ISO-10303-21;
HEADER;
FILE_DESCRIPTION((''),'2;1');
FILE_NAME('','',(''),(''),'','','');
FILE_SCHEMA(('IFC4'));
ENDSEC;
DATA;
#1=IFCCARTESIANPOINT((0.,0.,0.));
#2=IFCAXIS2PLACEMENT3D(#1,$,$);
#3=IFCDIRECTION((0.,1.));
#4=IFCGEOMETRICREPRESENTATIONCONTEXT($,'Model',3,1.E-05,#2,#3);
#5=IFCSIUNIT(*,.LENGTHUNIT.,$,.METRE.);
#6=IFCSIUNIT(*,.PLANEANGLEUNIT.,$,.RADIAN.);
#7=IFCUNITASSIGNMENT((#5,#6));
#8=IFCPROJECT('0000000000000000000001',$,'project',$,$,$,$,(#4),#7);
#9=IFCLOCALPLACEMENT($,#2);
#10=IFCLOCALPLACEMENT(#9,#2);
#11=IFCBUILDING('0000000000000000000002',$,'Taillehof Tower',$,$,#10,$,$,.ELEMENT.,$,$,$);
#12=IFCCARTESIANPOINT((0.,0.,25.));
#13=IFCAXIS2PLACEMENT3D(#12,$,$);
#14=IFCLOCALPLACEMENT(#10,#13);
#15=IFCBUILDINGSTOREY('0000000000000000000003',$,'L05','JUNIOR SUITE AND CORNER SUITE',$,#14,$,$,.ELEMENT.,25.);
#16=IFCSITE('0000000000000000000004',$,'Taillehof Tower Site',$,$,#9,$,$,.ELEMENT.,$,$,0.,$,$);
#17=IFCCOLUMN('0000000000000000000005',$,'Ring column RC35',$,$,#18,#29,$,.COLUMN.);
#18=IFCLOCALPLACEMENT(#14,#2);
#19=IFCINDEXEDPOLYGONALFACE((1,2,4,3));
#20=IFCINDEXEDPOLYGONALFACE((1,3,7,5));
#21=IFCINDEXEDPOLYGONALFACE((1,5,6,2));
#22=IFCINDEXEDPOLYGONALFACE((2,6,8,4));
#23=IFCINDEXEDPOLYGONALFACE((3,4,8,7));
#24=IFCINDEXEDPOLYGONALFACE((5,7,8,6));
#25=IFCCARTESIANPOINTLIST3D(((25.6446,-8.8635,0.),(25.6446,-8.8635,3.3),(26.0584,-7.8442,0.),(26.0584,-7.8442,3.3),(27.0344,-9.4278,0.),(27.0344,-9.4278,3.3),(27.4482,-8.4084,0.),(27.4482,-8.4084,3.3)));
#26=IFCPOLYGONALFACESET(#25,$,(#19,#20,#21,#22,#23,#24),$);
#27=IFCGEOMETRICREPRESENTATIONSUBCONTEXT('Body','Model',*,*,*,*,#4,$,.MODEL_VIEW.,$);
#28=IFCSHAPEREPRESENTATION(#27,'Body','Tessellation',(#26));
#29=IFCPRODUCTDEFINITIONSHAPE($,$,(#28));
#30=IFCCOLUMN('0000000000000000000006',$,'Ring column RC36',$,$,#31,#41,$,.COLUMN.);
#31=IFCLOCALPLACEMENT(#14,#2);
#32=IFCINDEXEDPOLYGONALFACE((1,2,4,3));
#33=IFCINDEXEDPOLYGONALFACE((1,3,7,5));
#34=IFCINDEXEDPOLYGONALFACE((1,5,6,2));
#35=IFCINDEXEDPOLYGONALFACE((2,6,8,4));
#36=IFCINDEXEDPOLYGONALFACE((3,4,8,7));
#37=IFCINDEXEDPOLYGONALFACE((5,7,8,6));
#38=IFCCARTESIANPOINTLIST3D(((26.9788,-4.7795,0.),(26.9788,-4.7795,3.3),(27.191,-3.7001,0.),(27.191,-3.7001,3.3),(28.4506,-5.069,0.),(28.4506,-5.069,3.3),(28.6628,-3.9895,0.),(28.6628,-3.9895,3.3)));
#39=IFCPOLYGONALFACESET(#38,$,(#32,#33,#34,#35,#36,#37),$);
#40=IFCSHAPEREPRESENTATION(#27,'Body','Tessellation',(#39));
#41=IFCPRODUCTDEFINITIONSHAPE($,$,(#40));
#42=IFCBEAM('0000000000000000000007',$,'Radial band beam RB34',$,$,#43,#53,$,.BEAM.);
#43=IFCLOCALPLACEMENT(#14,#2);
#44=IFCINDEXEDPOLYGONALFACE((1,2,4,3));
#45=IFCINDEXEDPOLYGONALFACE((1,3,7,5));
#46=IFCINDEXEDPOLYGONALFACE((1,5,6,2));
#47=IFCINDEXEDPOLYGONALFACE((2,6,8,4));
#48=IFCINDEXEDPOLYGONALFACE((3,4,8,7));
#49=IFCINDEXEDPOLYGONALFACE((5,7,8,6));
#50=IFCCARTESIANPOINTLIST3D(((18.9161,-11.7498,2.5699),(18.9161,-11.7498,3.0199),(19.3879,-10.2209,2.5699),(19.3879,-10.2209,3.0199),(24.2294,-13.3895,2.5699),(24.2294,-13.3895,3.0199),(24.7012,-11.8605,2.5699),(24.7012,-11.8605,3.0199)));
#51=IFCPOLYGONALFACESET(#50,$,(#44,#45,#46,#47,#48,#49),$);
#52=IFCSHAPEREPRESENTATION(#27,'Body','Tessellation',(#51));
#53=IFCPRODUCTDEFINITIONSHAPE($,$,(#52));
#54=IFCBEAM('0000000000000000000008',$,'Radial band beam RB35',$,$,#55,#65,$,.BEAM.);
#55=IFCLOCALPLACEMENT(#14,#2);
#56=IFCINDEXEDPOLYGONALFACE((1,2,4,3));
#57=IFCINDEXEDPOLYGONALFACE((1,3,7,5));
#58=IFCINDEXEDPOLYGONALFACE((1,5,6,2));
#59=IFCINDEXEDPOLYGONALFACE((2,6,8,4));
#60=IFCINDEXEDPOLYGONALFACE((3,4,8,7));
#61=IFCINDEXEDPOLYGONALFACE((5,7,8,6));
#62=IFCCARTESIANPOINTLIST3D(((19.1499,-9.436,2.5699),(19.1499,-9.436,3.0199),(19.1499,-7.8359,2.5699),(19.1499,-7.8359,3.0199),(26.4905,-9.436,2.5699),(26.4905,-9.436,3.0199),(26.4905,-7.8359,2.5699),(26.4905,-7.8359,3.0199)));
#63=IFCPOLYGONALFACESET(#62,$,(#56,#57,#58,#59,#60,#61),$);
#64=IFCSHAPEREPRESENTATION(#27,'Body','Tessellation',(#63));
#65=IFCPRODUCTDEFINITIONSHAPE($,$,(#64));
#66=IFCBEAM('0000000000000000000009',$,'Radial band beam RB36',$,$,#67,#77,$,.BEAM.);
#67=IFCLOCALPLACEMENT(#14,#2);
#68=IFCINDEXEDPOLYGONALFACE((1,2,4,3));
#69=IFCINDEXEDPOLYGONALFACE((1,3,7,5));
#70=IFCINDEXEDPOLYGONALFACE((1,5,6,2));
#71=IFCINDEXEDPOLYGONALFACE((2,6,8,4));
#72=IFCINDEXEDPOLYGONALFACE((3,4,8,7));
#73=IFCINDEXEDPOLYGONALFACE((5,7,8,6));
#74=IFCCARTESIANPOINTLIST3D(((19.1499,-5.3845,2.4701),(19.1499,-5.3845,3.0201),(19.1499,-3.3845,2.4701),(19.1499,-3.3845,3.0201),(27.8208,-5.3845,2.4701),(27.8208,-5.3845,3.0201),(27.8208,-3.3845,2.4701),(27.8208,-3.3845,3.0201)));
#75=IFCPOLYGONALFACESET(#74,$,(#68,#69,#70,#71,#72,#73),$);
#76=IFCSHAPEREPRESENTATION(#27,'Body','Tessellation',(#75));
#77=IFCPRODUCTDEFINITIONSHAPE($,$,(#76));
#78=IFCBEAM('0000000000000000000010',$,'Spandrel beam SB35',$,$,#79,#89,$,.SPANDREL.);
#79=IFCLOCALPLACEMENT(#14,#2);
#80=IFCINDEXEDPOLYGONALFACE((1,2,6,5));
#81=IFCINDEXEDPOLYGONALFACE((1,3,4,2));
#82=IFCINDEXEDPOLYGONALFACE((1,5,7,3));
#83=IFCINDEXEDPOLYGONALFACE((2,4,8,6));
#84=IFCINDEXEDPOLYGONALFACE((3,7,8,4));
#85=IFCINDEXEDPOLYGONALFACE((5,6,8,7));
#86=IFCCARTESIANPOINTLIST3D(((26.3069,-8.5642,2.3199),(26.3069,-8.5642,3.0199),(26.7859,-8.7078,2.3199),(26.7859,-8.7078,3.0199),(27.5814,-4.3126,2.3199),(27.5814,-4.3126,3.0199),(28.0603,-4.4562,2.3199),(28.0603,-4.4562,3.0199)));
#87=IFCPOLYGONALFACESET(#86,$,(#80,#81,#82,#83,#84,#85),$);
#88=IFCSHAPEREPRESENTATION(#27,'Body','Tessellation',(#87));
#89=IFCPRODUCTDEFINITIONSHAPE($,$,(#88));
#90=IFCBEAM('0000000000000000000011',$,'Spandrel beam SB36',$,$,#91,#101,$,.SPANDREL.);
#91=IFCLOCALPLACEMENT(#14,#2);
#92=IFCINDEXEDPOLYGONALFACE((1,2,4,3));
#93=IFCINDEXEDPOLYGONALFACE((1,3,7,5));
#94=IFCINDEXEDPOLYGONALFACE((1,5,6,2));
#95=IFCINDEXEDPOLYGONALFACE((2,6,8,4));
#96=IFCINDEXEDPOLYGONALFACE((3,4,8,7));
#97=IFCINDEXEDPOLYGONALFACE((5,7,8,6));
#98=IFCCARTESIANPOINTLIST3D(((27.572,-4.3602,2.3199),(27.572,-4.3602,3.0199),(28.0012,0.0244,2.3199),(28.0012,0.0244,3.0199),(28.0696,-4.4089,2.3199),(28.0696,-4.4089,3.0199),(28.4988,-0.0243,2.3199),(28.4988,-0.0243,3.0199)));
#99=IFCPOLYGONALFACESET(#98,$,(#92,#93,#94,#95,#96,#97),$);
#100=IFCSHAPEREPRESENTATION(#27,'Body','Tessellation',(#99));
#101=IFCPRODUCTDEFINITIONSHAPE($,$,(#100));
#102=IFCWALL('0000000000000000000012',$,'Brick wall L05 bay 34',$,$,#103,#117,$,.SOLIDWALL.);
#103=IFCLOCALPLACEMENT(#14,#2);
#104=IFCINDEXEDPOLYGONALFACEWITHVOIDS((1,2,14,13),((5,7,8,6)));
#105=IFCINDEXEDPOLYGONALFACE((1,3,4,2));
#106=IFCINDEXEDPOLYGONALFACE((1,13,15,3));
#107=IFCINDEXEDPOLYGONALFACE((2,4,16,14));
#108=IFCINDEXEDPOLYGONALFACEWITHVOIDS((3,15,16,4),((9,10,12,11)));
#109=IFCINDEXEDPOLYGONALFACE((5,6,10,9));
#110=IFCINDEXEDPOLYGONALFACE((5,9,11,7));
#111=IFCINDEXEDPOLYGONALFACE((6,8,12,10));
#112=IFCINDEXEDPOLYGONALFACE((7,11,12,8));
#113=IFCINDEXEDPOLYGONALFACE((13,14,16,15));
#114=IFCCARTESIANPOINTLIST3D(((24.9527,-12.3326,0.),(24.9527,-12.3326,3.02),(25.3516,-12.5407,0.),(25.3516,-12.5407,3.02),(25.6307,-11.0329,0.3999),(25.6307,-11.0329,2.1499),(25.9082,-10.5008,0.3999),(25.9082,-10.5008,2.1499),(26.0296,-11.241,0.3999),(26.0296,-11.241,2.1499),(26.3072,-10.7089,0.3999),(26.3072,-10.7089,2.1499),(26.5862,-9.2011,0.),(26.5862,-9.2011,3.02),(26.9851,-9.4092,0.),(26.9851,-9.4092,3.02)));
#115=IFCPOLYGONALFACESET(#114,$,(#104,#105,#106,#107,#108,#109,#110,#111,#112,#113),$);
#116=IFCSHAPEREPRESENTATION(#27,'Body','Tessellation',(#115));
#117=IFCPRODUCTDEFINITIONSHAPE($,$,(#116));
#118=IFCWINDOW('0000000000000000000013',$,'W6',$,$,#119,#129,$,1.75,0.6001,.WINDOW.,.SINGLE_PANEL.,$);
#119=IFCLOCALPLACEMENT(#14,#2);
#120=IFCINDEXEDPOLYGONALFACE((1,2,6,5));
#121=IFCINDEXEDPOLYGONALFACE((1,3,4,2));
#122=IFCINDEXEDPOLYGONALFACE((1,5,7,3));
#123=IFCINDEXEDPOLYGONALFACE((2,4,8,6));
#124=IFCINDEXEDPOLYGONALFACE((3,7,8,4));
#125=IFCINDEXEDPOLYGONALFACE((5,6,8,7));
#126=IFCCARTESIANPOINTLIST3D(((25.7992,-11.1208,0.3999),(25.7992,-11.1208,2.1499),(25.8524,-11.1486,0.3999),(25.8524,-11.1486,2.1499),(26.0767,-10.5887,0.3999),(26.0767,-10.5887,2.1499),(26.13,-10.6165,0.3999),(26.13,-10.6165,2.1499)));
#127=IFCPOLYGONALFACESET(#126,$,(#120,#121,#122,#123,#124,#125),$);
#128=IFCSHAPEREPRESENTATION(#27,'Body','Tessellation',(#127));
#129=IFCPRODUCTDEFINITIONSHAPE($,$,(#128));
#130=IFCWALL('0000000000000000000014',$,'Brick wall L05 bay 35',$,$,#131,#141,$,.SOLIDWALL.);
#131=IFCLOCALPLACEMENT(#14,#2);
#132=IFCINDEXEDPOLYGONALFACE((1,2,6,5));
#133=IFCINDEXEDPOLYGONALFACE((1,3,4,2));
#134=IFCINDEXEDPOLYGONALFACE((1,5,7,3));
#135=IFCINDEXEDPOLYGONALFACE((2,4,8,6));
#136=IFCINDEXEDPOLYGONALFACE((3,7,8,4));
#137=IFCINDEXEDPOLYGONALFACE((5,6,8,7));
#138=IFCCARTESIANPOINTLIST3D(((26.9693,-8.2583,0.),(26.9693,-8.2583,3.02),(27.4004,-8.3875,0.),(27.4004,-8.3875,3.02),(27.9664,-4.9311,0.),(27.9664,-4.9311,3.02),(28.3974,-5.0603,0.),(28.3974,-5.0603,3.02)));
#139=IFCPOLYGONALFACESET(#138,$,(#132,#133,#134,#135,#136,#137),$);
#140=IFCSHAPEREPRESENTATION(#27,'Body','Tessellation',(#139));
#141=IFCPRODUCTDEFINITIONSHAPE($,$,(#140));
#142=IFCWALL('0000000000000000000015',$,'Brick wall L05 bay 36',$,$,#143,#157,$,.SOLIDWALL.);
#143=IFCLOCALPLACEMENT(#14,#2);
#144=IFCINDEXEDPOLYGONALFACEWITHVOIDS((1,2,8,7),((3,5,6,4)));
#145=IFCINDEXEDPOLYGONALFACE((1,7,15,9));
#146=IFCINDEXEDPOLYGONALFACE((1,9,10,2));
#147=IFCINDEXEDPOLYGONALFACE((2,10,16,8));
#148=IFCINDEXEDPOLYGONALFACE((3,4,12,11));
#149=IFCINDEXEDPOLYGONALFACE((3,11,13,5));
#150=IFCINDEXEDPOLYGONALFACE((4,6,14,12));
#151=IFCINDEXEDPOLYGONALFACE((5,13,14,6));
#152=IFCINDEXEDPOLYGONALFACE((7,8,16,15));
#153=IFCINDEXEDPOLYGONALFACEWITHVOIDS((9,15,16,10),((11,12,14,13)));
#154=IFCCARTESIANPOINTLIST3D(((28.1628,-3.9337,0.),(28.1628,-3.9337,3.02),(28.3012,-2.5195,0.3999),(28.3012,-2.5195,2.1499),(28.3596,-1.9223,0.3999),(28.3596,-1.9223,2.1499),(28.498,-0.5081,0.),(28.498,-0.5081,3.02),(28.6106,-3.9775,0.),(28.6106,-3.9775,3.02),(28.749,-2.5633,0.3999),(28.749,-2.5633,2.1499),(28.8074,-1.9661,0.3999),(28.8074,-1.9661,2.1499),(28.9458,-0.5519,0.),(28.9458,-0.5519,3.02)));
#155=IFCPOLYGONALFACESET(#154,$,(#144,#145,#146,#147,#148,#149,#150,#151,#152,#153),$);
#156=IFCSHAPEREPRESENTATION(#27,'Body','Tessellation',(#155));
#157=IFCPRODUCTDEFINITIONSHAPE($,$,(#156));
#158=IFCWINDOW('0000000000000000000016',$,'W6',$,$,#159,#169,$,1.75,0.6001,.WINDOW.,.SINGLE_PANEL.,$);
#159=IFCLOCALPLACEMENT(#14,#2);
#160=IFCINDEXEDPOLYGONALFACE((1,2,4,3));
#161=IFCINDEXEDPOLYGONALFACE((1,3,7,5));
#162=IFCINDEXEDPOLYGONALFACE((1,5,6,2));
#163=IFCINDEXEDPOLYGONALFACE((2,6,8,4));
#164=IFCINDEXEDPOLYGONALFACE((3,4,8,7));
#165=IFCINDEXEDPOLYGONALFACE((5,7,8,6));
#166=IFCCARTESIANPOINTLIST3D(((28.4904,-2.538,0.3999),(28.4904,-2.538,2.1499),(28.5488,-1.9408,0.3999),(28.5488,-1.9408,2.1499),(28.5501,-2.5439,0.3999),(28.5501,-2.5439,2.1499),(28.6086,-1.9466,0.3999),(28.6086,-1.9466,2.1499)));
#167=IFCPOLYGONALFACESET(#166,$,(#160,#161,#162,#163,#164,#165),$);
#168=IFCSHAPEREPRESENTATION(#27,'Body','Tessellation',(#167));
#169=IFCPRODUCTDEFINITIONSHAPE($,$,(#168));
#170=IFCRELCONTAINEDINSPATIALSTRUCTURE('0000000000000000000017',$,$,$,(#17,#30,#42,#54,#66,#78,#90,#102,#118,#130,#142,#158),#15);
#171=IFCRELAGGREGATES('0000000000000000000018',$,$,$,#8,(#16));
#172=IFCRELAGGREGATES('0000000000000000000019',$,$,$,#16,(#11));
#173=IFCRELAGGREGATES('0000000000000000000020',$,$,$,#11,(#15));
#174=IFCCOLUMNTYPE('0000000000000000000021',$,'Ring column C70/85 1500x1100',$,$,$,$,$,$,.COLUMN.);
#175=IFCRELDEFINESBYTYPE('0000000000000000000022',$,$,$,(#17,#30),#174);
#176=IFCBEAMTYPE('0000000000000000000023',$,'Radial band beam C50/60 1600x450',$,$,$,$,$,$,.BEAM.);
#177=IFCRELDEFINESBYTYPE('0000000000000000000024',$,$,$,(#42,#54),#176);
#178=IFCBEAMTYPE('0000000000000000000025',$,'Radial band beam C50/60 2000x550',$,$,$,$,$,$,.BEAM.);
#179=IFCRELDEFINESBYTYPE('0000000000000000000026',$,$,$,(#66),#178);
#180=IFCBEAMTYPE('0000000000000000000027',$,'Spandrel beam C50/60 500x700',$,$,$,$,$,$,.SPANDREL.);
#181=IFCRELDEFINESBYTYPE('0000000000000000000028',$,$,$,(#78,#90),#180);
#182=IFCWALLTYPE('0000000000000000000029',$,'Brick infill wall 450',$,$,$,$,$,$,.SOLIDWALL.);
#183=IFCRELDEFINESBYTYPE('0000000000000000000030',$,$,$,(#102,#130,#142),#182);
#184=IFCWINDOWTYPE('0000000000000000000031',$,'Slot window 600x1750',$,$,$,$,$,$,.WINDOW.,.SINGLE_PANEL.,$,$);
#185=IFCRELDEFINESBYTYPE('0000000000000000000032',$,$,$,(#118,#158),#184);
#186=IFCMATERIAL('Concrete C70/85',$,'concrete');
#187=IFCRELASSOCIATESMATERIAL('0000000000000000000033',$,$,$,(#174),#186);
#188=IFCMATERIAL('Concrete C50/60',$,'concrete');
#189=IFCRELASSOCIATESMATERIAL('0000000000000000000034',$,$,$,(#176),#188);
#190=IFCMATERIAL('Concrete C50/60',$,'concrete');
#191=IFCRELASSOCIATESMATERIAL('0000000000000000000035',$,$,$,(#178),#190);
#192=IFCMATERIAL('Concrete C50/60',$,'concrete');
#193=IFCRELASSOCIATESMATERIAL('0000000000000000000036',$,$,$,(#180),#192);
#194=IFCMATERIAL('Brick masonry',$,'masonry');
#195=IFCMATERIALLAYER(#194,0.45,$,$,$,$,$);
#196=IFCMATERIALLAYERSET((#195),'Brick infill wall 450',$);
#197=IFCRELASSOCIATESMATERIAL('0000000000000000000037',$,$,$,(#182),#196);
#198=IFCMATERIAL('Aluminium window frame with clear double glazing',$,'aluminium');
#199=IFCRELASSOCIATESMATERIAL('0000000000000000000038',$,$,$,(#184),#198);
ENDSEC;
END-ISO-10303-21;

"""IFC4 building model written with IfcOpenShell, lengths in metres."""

from ifc_helpers import new_model, si_unit, direction, frame, frame_2d, origin, origin_2d, place, context, subcontext, project, spatial, rectangle, extrude, material, layer, layer_set, material_profile, profile_set, type_object, element, fill, save


model = new_model("IFC4")

# Units and contexts
model_context = context("Model", 3, precision=1e-05, world=origin(), true_north=direction((0.0, 1.0)))
body_context = subcontext(model_context, "Body", "Model", "MODEL_VIEW")
ifc_project = project(units=[si_unit("LENGTHUNIT", "METRE"), si_unit("PLANEANGLEUNIT", "RADIAN")], contexts=[model_context])

# Site, building, storey
site_placement = place(None, origin())
site = spatial("IfcSite", under=ifc_project, at=site_placement, Name="Taillehof Tower Site", CompositionType="ELEMENT", RefElevation=0.0)
building_placement = place(site_placement, origin())
building = spatial("IfcBuilding", under=site, at=building_placement, Name="Taillehof Tower", CompositionType="ELEMENT")
storey_placement = place(building_placement, frame((0.0, 0.0, 25.0)))
storey = spatial("IfcBuildingStorey", under=building, at=storey_placement, Name="L05", Description="JUNIOR SUITE AND CORNER SUITE", CompositionType="ELEMENT", Elevation=25.0)

# Columns
ifc_material_1 = material(Name="Concrete C70/85", Category="concrete")
ifc_material_profile_1 = material_profile(ifc_material_1, rectangle(XDim=1.5, YDim=1.1001, at=origin_2d()), Name="RC 1500x1100")
ifc_profile_set_1 = profile_set([ifc_material_profile_1], Name="Concrete C70/85")
column_type = type_object("IfcColumnType", Name="Ring column C70/85 1500x1100", PredefinedType="COLUMN", material=ifc_profile_set_1)
for number, where, z_axis, x_axis, name in (
    (1, (26.5464, -8.636, 0.0), (0.0, 0.0, 1.0), (0.926558, -0.376152, 0.0), "Ring column RC35"),
    (2, (27.8208, -4.3845, 0.0), (0.0, 0.0, 1.0), (0.981204, -0.192976, 0.0), "Ring column RC36"),
):
    element("IfcColumn", number, at=place(storey_placement, frame(where, z_axis=z_axis, x_axis=x_axis)), inside=storey, type_object=column_type, Name=name, PredefinedType="COLUMN", context=body_context, shape_type="SweptSolid", body=[
        extrude(rectangle(XDim=1.5, YDim=1.1001, at=origin_2d()), origin(), (0.0, 0.0, 1.0), 3.3),
    ])

# Beams
ifc_material_2 = material(Name="Concrete C50/60", Category="concrete")
ifc_material_profile_2 = material_profile(ifc_material_2, rectangle(XDim=1.6001, YDim=0.45, at=origin_2d()), Name="RC 1600x450")
ifc_profile_set_2 = profile_set([ifc_material_profile_2], Name="Concrete C50/60")
beam_type_1 = type_object("IfcBeamType", Name="Radial band beam C50/60 1600x450", PredefinedType="BEAM", material=ifc_profile_set_2)
beam_1_placement = place(storey_placement, frame((24.4653, -12.625, 2.7949), z_axis=(-0.955536, 0.294876, 0.0), x_axis=(-0.294876, -0.955536, 0.0)))
element("IfcBeam", 3, at=beam_1_placement, inside=storey, type_object=beam_type_1, Name="Radial band beam RB34", PredefinedType="BEAM", context=body_context, shape_type="SweptSolid", body=[
    extrude(rectangle(XDim=1.6001, YDim=0.45, at=origin_2d()), origin(), (0.0, 0.0, 1.0), 5.5605),
])
beam_2_placement = place(storey_placement, frame((26.4905, -8.636, 2.7949), z_axis=(-1.0, 0.0, 0.0), x_axis=(0.0, -1.0, 0.0)))
element("IfcBeam", 4, at=beam_2_placement, inside=storey, type_object=beam_type_1, Name="Radial band beam RB35", PredefinedType="BEAM", context=body_context, shape_type="SweptSolid", body=[
    extrude(rectangle(XDim=1.6001, YDim=0.45, at=origin_2d()), origin(), (0.0, 0.0, 1.0), 7.3406),
])
ifc_material_3 = material(Name="Concrete C50/60", Category="concrete")
ifc_material_profile_3 = material_profile(ifc_material_3, rectangle(XDim=2.0, YDim=0.55, at=origin_2d()), Name="RC 2000x550")
ifc_profile_set_3 = profile_set([ifc_material_profile_3], Name="Concrete C50/60")
beam_type_2 = type_object("IfcBeamType", Name="Radial band beam C50/60 2000x550", PredefinedType="BEAM", material=ifc_profile_set_3)
beam_3_placement = place(storey_placement, frame((27.8208, -4.3845, 2.7451), z_axis=(-1.0, 0.0, 0.0), x_axis=(0.0, -1.0, 0.0)))
element("IfcBeam", 5, at=beam_3_placement, inside=storey, type_object=beam_type_2, Name="Radial band beam RB36", PredefinedType="BEAM", context=body_context, shape_type="SweptSolid", body=[
    extrude(rectangle(XDim=2.0, YDim=0.55, at=origin_2d()), origin(), (0.0, 0.0, 1.0), 8.6709),
])
ifc_material_4 = material(Name="Concrete C50/60", Category="concrete")
ifc_material_profile_4 = material_profile(ifc_material_4, rectangle(XDim=0.5, YDim=0.7, at=origin_2d()), Name="RC 500x700")
ifc_profile_set_4 = profile_set([ifc_material_profile_4], Name="Concrete C50/60")
beam_type_3 = type_object("IfcBeamType", Name="Spandrel beam C50/60 500x700", PredefinedType="SPANDREL", material=ifc_profile_set_4)
beam_4_placement = place(storey_placement, frame((26.5464, -8.636, 2.6699), z_axis=(0.287136, 0.95789, 0.0), x_axis=(-0.95789, 0.287136, 0.0)))
element("IfcBeam", 6, at=beam_4_placement, inside=storey, type_object=beam_type_3, Name="Spandrel beam SB35", PredefinedType="SPANDREL", context=body_context, shape_type="SweptSolid", body=[
    extrude(rectangle(XDim=0.5, YDim=0.7, at=origin_2d()), origin(), (0.0, 0.0, 1.0), 4.4385),
])
beam_5_placement = place(storey_placement, frame((27.8208, -4.3845, 2.6699), z_axis=(0.097424, 0.995243, 0.0), x_axis=(-0.995243, 0.097424, 0.0)))
element("IfcBeam", 7, at=beam_5_placement, inside=storey, type_object=beam_type_3, Name="Spandrel beam SB36", PredefinedType="SPANDREL", context=body_context, shape_type="SweptSolid", body=[
    extrude(rectangle(XDim=0.5, YDim=0.7, at=origin_2d()), origin(), (0.0, 0.0, 1.0), 4.4055),
])

# Wall, opening, window
ifc_material_5 = material(Name="Brick masonry", Category="masonry")
ifc_layer_1 = layer(ifc_material_5, 0.45)
ifc_layer_set_1 = layer_set([ifc_layer_1], Name="Brick infill wall 450")
wall_type_1 = type_object("IfcWallType", Name="Brick infill wall 450", PredefinedType="SOLIDWALL", material=ifc_layer_set_1)
wall_1_placement = place(storey_placement, frame((25.1521, -12.4368, 0.0), z_axis=(0.0, 0.0, 1.0), x_axis=(0.462493, 0.886623, 0.0)))
wall_1 = element("IfcWall", 8, at=wall_1_placement, inside=storey, type_object=wall_type_1, Name="Brick wall L05 bay 34", PredefinedType="SOLIDWALL", context=body_context, shape_type="SweptSolid", body=[
    extrude(rectangle(XDim=3.532, YDim=0.45, at=frame_2d((1.7661, 0.0))), origin(), (0.0, 0.0, 1.0), 3.02),
])
opening_1_placement = place(wall_1_placement, frame((1.4661, 0.0, 0.3999)))
opening_1 = element("IfcOpeningElement", 9, at=opening_1_placement, cuts=wall_1, PredefinedType="OPENING", context=body_context, shape_type="SweptSolid", body=[
    extrude(rectangle(XDim=0.6001, YDim=1.75, at=frame_2d((0.3, 0.875))), frame((0.0, 0.2349, 0.0), z_axis=(0.0, -1.0, 0.0), x_axis=(1.0, 0.0, 0.0)), (0.0, 0.0, 1.0), 0.47),
])
ifc_material_6 = material(Name="Aluminium window frame with clear double glazing", Category="aluminium")
window_type = type_object("IfcWindowType", Name="Slot window 600x1750", PartitioningType="SINGLE_PANEL", PredefinedType="WINDOW", material=ifc_material_6)
window_1_placement = place(opening_1_placement, origin())
window_1 = element("IfcWindow", 10, at=window_1_placement, inside=storey, type_object=window_type, Name="W6", OverallHeight=1.75, OverallWidth=0.6001, PartitioningType="SINGLE_PANEL", PredefinedType="WINDOW", context=body_context, shape_type="SweptSolid", body=[
    extrude(rectangle(XDim=0.6001, YDim=1.75, at=frame_2d((0.3, 0.875))), frame((0.0, 0.0349, 0.0), z_axis=(0.0, -1.0, 0.0), x_axis=(1.0, 0.0, 0.0)), (0.0, 0.0, 1.0), 0.0601),
])
fill(opening_1, window_1)

# Wall
wall_2_placement = place(storey_placement, frame((27.1848, -8.323, 0.0), z_axis=(0.0, 0.0, 1.0), x_axis=(0.287064, 0.957911, 0.0)))
element("IfcWall", 11, at=wall_2_placement, inside=storey, type_object=wall_type_1, Name="Brick wall L05 bay 35", PredefinedType="SOLIDWALL", context=body_context, shape_type="SweptSolid", body=[
    extrude(rectangle(XDim=3.4734, YDim=0.45, at=frame_2d((1.7368, 0.0))), origin(), (0.0, 0.0, 1.0), 3.02),
])

# Wall, opening, window
wall_3_placement = place(storey_placement, frame((28.3867, -3.9556, 0.0), z_axis=(0.0, 0.0, 1.0), x_axis=(0.09739, 0.995246, 0.0)))
wall_3 = element("IfcWall", 12, at=wall_3_placement, inside=storey, type_object=wall_type_1, Name="Brick wall L05 bay 36", PredefinedType="SOLIDWALL", context=body_context, shape_type="SweptSolid", body=[
    extrude(rectangle(XDim=3.4419, YDim=0.45, at=frame_2d((1.7209, 0.0))), origin(), (0.0, 0.0, 1.0), 3.02),
])
opening_2_placement = place(wall_3_placement, frame((1.4209, 0.0, 0.3999)))
opening_2 = element("IfcOpeningElement", 13, at=opening_2_placement, cuts=wall_3, PredefinedType="OPENING", context=body_context, shape_type="SweptSolid", body=[
    extrude(rectangle(XDim=0.6001, YDim=1.75, at=frame_2d((0.3, 0.875))), frame((0.0, 0.2349, 0.0), z_axis=(0.0, -1.0, 0.0), x_axis=(1.0, 0.0, 0.0)), (0.0, 0.0, 1.0), 0.47),
])
window_2_placement = place(opening_2_placement, origin())
window_2 = element("IfcWindow", 14, at=window_2_placement, inside=storey, type_object=window_type, Name="W6", OverallHeight=1.75, OverallWidth=0.6001, PartitioningType="SINGLE_PANEL", PredefinedType="WINDOW", context=body_context, shape_type="SweptSolid", body=[
    extrude(rectangle(XDim=0.6001, YDim=1.75, at=frame_2d((0.3, 0.875))), frame((0.0, 0.0349, 0.0), z_axis=(0.0, -1.0, 0.0), x_axis=(1.0, 0.0, 0.0)), (0.0, 0.0, 1.0), 0.0601),
])
fill(opening_2, window_2)

save(model, "model.ifc")
